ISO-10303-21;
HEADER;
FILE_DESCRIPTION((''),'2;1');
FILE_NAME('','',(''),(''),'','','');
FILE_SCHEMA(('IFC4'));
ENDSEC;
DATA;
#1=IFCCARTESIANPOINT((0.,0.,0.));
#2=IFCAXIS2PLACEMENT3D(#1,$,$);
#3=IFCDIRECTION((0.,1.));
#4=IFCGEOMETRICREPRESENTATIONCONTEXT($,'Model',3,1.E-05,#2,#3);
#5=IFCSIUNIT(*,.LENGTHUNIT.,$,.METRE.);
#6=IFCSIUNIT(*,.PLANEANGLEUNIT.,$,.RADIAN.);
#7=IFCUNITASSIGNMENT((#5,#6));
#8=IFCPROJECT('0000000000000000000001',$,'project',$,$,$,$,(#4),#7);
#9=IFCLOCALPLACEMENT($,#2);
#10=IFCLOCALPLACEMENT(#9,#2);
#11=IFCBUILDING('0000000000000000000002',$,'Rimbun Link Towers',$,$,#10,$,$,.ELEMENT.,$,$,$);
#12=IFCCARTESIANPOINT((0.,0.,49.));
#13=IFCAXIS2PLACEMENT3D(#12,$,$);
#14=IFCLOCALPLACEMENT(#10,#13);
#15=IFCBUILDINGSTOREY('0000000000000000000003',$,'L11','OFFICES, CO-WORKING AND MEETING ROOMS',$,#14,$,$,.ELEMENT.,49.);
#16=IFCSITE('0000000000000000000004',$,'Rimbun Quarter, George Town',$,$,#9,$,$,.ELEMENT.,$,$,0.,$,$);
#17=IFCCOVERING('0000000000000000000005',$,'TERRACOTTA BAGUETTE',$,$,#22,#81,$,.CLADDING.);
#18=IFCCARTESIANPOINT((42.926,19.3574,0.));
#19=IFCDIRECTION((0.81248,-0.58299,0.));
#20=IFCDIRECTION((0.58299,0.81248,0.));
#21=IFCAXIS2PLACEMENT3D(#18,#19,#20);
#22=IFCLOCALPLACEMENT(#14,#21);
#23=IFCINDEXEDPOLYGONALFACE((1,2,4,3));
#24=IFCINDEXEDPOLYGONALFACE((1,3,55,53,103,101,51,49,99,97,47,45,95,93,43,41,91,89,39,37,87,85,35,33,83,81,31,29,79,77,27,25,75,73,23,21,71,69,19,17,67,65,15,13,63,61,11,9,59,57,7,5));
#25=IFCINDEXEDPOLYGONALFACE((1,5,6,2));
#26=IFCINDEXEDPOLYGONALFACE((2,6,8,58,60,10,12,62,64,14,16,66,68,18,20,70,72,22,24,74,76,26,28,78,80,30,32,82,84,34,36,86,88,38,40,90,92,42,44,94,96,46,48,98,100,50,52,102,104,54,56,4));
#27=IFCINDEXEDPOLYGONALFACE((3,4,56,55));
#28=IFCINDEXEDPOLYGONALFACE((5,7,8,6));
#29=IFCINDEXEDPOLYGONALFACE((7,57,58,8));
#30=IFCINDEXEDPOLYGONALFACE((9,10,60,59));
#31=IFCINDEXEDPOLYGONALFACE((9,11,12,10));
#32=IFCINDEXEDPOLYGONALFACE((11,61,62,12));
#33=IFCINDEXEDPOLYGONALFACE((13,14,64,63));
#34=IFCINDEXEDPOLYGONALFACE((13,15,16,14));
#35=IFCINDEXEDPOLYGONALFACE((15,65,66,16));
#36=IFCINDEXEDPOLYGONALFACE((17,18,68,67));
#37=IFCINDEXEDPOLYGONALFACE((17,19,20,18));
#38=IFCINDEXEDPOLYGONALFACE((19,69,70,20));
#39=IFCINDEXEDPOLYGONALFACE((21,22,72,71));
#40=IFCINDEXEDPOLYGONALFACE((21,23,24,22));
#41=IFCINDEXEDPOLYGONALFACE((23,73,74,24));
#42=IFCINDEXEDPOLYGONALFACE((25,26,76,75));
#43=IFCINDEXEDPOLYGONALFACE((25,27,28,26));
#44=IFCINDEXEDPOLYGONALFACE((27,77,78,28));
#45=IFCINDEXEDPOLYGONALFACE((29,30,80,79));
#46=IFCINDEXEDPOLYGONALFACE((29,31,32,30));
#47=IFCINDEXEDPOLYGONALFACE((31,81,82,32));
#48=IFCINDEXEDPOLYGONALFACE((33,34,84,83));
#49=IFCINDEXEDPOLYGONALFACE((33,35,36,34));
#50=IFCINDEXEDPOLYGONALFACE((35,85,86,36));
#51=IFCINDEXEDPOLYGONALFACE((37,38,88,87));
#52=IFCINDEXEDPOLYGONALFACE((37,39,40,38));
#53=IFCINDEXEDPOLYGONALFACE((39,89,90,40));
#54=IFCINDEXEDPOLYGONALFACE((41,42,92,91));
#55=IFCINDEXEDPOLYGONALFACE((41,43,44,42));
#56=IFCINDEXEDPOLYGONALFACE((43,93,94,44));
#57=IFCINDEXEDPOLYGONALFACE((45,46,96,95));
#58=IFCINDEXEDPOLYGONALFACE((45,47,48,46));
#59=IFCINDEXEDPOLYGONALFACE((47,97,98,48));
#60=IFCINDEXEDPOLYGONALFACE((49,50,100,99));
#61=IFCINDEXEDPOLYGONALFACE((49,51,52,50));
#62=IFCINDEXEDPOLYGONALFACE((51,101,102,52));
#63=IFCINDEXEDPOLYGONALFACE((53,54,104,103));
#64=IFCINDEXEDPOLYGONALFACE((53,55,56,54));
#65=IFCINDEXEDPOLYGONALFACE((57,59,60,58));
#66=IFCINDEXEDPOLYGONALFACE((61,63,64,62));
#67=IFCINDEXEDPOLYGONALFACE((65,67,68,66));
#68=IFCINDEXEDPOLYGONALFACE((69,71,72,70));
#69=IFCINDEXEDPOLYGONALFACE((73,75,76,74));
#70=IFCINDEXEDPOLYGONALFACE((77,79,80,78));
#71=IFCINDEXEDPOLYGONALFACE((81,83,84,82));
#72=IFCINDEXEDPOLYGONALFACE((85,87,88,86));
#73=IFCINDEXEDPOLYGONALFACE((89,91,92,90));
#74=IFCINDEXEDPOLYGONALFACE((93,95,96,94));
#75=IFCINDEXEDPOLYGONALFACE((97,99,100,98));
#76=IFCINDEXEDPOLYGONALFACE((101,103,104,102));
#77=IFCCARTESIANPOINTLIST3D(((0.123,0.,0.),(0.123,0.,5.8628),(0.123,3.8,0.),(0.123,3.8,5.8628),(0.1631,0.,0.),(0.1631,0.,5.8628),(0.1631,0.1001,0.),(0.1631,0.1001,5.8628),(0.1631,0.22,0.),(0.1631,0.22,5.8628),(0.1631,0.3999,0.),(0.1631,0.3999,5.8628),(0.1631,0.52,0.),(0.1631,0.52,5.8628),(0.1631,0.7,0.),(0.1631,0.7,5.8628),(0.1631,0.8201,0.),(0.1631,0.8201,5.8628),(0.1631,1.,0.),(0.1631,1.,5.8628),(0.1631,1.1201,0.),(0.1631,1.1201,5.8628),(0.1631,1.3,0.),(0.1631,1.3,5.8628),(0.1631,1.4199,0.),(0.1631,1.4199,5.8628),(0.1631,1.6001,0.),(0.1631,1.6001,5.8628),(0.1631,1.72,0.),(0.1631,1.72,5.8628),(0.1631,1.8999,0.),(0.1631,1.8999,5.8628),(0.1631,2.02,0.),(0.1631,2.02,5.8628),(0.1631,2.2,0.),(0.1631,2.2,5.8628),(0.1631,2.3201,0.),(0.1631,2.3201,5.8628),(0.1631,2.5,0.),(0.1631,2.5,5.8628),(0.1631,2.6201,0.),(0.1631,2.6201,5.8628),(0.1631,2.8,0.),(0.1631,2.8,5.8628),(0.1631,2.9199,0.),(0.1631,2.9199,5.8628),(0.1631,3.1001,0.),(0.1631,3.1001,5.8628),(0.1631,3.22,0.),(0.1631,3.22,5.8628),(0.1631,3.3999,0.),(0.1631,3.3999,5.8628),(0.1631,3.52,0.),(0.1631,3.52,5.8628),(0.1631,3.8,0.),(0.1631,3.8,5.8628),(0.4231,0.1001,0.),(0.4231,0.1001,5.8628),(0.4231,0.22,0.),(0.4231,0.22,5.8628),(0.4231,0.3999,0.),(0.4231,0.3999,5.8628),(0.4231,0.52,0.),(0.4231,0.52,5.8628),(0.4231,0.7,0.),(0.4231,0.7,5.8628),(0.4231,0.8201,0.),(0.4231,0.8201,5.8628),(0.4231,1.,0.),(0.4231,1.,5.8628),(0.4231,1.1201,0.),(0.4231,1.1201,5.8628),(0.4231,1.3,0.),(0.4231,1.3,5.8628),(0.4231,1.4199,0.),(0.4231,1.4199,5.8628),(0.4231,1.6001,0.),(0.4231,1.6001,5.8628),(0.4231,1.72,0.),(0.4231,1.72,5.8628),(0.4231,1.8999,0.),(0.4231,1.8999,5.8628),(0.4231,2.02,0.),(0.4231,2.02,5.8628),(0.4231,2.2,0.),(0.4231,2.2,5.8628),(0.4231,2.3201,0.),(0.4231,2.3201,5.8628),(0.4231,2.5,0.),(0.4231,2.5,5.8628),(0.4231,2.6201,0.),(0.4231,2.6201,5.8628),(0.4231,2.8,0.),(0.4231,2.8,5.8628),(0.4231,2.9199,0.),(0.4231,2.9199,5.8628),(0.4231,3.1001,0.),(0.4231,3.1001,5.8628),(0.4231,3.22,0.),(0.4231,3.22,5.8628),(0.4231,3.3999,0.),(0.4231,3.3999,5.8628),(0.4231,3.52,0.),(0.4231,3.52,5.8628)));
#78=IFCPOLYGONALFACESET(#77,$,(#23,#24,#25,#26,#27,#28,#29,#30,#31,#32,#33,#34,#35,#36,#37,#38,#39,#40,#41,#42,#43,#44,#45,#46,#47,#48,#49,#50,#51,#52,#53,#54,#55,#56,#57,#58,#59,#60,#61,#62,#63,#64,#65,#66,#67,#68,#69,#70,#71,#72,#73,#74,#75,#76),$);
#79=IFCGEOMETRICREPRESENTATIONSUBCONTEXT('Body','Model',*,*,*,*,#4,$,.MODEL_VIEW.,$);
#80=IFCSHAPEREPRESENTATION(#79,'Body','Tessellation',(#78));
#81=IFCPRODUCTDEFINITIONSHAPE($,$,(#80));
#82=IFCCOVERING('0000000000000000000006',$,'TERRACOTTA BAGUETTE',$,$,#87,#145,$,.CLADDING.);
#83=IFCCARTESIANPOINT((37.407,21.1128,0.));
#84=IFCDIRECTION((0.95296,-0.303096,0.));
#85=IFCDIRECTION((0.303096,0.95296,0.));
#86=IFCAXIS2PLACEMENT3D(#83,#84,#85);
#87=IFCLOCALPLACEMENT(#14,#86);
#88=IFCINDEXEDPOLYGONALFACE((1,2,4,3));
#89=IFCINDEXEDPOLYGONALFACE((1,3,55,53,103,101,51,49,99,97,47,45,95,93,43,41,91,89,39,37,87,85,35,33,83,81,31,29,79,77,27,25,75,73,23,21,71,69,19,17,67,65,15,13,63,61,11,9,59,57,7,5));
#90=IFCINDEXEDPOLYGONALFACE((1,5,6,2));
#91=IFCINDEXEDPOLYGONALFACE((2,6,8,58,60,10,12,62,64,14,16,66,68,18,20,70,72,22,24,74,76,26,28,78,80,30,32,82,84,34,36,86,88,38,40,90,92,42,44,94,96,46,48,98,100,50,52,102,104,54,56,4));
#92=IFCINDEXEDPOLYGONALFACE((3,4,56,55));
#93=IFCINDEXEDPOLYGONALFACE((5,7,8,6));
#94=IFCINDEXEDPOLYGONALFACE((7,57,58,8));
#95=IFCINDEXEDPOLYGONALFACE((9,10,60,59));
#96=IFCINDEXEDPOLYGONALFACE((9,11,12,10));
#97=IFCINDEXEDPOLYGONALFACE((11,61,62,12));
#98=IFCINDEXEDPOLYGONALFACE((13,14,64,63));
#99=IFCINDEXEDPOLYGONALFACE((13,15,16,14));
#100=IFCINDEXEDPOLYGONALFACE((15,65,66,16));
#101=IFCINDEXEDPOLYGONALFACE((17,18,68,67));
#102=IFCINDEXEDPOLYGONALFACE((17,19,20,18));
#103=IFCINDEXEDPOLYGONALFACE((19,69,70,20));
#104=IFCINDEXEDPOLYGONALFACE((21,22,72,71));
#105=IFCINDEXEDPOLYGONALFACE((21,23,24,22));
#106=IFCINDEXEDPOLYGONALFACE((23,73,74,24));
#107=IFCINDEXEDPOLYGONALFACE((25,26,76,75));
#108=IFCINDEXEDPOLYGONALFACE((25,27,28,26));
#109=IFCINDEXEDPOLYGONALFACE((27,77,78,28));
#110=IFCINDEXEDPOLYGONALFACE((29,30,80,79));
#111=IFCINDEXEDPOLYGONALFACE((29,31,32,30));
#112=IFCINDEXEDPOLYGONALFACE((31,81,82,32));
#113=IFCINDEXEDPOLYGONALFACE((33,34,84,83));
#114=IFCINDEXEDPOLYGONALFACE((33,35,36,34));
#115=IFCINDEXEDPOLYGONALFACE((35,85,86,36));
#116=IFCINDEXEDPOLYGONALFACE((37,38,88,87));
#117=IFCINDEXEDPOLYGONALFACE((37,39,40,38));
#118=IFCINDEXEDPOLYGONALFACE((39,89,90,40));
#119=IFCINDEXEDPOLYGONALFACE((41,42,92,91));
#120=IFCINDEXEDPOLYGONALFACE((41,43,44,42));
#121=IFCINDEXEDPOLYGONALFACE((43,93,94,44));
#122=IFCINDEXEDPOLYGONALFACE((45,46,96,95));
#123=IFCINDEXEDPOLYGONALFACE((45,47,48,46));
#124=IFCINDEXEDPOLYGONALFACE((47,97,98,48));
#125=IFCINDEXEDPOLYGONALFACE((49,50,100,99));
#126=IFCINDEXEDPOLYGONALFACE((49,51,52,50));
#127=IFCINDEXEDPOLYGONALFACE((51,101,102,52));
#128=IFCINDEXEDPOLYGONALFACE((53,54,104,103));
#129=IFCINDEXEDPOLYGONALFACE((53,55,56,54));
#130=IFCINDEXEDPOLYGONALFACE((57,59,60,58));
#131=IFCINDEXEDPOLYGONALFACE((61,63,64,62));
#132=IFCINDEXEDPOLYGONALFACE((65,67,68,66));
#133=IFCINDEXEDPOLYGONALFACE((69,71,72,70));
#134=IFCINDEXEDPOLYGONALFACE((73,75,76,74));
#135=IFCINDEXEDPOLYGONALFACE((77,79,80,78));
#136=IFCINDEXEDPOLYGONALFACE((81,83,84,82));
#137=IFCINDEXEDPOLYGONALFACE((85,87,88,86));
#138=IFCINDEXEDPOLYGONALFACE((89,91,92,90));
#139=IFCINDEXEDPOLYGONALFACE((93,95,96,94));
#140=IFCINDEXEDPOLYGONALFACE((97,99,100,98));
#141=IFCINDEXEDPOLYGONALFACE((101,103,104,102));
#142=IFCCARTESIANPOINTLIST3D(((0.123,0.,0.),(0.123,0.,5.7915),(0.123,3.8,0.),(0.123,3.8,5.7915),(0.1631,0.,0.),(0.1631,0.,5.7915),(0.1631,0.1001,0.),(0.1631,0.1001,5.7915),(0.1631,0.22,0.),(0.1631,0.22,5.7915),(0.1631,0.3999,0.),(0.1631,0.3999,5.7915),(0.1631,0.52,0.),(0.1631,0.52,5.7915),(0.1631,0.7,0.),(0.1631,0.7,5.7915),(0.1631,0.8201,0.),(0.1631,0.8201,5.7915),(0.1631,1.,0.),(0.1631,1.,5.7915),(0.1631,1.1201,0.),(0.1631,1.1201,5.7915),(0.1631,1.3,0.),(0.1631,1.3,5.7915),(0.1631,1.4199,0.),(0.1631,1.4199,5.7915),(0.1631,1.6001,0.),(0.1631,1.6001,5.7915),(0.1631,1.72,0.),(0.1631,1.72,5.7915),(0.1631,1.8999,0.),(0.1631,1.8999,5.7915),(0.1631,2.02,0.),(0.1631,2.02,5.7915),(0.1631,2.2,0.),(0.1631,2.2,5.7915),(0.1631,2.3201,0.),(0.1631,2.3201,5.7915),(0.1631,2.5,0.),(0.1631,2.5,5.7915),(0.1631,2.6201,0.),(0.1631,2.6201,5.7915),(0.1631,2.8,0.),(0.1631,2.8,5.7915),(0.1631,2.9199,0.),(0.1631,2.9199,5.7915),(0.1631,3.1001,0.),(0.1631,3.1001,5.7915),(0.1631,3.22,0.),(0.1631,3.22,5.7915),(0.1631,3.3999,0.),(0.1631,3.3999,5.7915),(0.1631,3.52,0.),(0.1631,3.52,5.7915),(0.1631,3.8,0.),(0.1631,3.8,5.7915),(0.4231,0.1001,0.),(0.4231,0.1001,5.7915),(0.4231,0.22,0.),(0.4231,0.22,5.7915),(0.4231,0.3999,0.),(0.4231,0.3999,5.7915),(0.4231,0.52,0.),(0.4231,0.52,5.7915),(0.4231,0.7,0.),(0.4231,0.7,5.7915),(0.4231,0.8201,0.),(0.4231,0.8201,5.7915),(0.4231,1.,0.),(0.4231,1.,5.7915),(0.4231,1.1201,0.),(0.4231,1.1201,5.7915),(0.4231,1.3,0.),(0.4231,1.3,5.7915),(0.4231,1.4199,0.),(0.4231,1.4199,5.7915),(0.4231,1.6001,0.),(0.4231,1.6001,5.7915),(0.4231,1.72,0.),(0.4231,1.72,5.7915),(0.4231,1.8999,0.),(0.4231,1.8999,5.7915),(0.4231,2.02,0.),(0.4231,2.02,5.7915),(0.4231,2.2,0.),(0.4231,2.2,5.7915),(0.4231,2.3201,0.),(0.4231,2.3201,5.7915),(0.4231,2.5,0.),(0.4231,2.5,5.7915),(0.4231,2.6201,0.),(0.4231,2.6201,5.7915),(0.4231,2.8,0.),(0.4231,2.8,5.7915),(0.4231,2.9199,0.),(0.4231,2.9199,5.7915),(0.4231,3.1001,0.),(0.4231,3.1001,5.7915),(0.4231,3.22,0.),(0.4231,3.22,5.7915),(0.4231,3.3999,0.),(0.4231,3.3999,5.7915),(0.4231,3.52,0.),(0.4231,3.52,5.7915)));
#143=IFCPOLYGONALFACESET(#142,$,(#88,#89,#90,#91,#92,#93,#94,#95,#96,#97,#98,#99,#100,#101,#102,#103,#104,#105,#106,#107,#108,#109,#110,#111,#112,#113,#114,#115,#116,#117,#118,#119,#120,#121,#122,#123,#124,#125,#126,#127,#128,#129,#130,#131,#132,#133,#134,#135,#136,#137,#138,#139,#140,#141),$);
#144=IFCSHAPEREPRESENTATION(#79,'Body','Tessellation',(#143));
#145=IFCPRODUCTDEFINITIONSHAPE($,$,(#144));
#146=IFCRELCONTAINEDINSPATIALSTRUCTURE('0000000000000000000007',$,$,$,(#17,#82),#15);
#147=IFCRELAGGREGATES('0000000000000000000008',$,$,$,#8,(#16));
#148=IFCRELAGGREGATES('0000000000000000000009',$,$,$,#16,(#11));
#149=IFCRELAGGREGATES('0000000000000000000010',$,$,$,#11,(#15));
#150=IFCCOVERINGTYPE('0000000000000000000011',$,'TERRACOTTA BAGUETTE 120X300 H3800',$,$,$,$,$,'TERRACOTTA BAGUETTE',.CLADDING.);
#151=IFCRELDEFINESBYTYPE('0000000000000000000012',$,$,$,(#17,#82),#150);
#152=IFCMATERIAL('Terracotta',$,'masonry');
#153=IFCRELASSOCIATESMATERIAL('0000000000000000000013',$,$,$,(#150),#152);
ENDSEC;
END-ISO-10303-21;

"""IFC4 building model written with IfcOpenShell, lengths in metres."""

from ifc_helpers import new_model, si_unit, direction, frame, origin, place, context, subcontext, project, spatial, polyline, outline, extrude, material, material_profile, profile_set, type_object, element, save


model = new_model("IFC4")

# Units and contexts
model_context = context("Model", 3, precision=1e-05, world=origin(), true_north=direction((0.0, 1.0)))
body_context = subcontext(model_context, "Body", "Model", "MODEL_VIEW")
ifc_project = project(units=[si_unit("LENGTHUNIT", "METRE"), si_unit("PLANEANGLEUNIT", "RADIAN")], contexts=[model_context])

# Site, building, storey
site_placement = place(None, origin())
site = spatial("IfcSite", under=ifc_project, at=site_placement, Name="Rimbun Quarter, George Town", CompositionType="ELEMENT", RefElevation=0.0)
building_placement = place(site_placement, origin())
building = spatial("IfcBuilding", under=site, at=building_placement, Name="Rimbun Link Towers", CompositionType="ELEMENT")
storey_placement = place(building_placement, frame((0.0, 0.0, 49.0)))
storey = spatial("IfcBuildingStorey", under=building, at=storey_placement, Name="L11", Description="OFFICES, CO-WORKING AND MEETING ROOMS", CompositionType="ELEMENT", Elevation=49.0)

# Coverings
ifc_material_1 = material(Name="Terracotta", Category="masonry")
ifc_material_profile_1 = material_profile(ifc_material_1, outline(polyline([(0.123, 0.0), (0.1631, 0.0), (0.1631, 0.1001), (0.4231, 0.1001), (0.4231, 0.22), (0.1631, 0.22), (0.1631, 0.3999), (0.4231, 0.3999), (0.4231, 0.52), (0.1631, 0.52), (0.1631, 0.7), (0.4231, 0.7), (0.4231, 0.8201), (0.1631, 0.8201), (0.1631, 1.0), (0.4231, 1.0), (0.4231, 1.1201), (0.1631, 1.1201), (0.1631, 1.3), (0.4231, 1.3), (0.4231, 1.4199), (0.1631, 1.4199), (0.1631, 1.6001), (0.4231, 1.6001), (0.4231, 1.72), (0.1631, 1.72), (0.1631, 1.8999), (0.4231, 1.8999), (0.4231, 2.02), (0.1631, 2.02), (0.1631, 2.2), (0.4231, 2.2), (0.4231, 2.3201), (0.1631, 2.3201), (0.1631, 2.5), (0.4231, 2.5), (0.4231, 2.6201), (0.1631, 2.6201), (0.1631, 2.8), (0.4231, 2.8), (0.4231, 2.9199), (0.1631, 2.9199), (0.1631, 3.1001), (0.4231, 3.1001), (0.4231, 3.22), (0.1631, 3.22), (0.1631, 3.3999), (0.4231, 3.3999), (0.4231, 3.52), (0.1631, 3.52), (0.1631, 3.8), (0.123, 3.8), (0.123, 0.0)])), Name="BAGUETTE 120X300")
ifc_profile_set_1 = profile_set([ifc_material_profile_1], Name="Terracotta")
covering_type = type_object("IfcCoveringType", Name="TERRACOTTA BAGUETTE 120X300 H3800", ElementType="TERRACOTTA BAGUETTE", PredefinedType="CLADDING", material=ifc_profile_set_1)
covering_1_placement = place(storey_placement, frame((42.926, 19.3574, 0.0), z_axis=(0.81248, -0.58299, 0.0), x_axis=(0.58299, 0.81248, 0.0)))
element("IfcCovering", 1, at=covering_1_placement, inside=storey, type_object=covering_type, Name="TERRACOTTA BAGUETTE", PredefinedType="CLADDING", context=body_context, shape_type="SweptSolid", body=[
    extrude(outline(polyline([(0.123, 0.0), (0.1631, 0.0), (0.1631, 0.1001), (0.4231, 0.1001), (0.4231, 0.22), (0.1631, 0.22), (0.1631, 0.3999), (0.4231, 0.3999), (0.4231, 0.52), (0.1631, 0.52), (0.1631, 0.7), (0.4231, 0.7), (0.4231, 0.8201), (0.1631, 0.8201), (0.1631, 1.0), (0.4231, 1.0), (0.4231, 1.1201), (0.1631, 1.1201), (0.1631, 1.3), (0.4231, 1.3), (0.4231, 1.4199), (0.1631, 1.4199), (0.1631, 1.6001), (0.4231, 1.6001), (0.4231, 1.72), (0.1631, 1.72), (0.1631, 1.8999), (0.4231, 1.8999), (0.4231, 2.02), (0.1631, 2.02), (0.1631, 2.2), (0.4231, 2.2), (0.4231, 2.3201), (0.1631, 2.3201), (0.1631, 2.5), (0.4231, 2.5), (0.4231, 2.6201), (0.1631, 2.6201), (0.1631, 2.8), (0.4231, 2.8), (0.4231, 2.9199), (0.1631, 2.9199), (0.1631, 3.1001), (0.4231, 3.1001), (0.4231, 3.22), (0.1631, 3.22), (0.1631, 3.3999), (0.4231, 3.3999), (0.4231, 3.52), (0.1631, 3.52), (0.1631, 3.8), (0.123, 3.8), (0.123, 0.0)])), origin(), (0.0, 0.0, 1.0), 5.8628),
])
covering_2_placement = place(storey_placement, frame((37.407, 21.1128, 0.0), z_axis=(0.95296, -0.303096, 0.0), x_axis=(0.303096, 0.95296, 0.0)))
element("IfcCovering", 2, at=covering_2_placement, inside=storey, type_object=covering_type, Name="TERRACOTTA BAGUETTE", PredefinedType="CLADDING", context=body_context, shape_type="SweptSolid", body=[
    extrude(outline(polyline([(0.123, 0.0), (0.1631, 0.0), (0.1631, 0.1001), (0.4231, 0.1001), (0.4231, 0.22), (0.1631, 0.22), (0.1631, 0.3999), (0.4231, 0.3999), (0.4231, 0.52), (0.1631, 0.52), (0.1631, 0.7), (0.4231, 0.7), (0.4231, 0.8201), (0.1631, 0.8201), (0.1631, 1.0), (0.4231, 1.0), (0.4231, 1.1201), (0.1631, 1.1201), (0.1631, 1.3), (0.4231, 1.3), (0.4231, 1.4199), (0.1631, 1.4199), (0.1631, 1.6001), (0.4231, 1.6001), (0.4231, 1.72), (0.1631, 1.72), (0.1631, 1.8999), (0.4231, 1.8999), (0.4231, 2.02), (0.1631, 2.02), (0.1631, 2.2), (0.4231, 2.2), (0.4231, 2.3201), (0.1631, 2.3201), (0.1631, 2.5), (0.4231, 2.5), (0.4231, 2.6201), (0.1631, 2.6201), (0.1631, 2.8), (0.4231, 2.8), (0.4231, 2.9199), (0.1631, 2.9199), (0.1631, 3.1001), (0.4231, 3.1001), (0.4231, 3.22), (0.1631, 3.22), (0.1631, 3.3999), (0.4231, 3.3999), (0.4231, 3.52), (0.1631, 3.52), (0.1631, 3.8), (0.123, 3.8), (0.123, 0.0)])), origin(), (0.0, 0.0, 1.0), 5.7915),
])

save(model, "model.ifc")
